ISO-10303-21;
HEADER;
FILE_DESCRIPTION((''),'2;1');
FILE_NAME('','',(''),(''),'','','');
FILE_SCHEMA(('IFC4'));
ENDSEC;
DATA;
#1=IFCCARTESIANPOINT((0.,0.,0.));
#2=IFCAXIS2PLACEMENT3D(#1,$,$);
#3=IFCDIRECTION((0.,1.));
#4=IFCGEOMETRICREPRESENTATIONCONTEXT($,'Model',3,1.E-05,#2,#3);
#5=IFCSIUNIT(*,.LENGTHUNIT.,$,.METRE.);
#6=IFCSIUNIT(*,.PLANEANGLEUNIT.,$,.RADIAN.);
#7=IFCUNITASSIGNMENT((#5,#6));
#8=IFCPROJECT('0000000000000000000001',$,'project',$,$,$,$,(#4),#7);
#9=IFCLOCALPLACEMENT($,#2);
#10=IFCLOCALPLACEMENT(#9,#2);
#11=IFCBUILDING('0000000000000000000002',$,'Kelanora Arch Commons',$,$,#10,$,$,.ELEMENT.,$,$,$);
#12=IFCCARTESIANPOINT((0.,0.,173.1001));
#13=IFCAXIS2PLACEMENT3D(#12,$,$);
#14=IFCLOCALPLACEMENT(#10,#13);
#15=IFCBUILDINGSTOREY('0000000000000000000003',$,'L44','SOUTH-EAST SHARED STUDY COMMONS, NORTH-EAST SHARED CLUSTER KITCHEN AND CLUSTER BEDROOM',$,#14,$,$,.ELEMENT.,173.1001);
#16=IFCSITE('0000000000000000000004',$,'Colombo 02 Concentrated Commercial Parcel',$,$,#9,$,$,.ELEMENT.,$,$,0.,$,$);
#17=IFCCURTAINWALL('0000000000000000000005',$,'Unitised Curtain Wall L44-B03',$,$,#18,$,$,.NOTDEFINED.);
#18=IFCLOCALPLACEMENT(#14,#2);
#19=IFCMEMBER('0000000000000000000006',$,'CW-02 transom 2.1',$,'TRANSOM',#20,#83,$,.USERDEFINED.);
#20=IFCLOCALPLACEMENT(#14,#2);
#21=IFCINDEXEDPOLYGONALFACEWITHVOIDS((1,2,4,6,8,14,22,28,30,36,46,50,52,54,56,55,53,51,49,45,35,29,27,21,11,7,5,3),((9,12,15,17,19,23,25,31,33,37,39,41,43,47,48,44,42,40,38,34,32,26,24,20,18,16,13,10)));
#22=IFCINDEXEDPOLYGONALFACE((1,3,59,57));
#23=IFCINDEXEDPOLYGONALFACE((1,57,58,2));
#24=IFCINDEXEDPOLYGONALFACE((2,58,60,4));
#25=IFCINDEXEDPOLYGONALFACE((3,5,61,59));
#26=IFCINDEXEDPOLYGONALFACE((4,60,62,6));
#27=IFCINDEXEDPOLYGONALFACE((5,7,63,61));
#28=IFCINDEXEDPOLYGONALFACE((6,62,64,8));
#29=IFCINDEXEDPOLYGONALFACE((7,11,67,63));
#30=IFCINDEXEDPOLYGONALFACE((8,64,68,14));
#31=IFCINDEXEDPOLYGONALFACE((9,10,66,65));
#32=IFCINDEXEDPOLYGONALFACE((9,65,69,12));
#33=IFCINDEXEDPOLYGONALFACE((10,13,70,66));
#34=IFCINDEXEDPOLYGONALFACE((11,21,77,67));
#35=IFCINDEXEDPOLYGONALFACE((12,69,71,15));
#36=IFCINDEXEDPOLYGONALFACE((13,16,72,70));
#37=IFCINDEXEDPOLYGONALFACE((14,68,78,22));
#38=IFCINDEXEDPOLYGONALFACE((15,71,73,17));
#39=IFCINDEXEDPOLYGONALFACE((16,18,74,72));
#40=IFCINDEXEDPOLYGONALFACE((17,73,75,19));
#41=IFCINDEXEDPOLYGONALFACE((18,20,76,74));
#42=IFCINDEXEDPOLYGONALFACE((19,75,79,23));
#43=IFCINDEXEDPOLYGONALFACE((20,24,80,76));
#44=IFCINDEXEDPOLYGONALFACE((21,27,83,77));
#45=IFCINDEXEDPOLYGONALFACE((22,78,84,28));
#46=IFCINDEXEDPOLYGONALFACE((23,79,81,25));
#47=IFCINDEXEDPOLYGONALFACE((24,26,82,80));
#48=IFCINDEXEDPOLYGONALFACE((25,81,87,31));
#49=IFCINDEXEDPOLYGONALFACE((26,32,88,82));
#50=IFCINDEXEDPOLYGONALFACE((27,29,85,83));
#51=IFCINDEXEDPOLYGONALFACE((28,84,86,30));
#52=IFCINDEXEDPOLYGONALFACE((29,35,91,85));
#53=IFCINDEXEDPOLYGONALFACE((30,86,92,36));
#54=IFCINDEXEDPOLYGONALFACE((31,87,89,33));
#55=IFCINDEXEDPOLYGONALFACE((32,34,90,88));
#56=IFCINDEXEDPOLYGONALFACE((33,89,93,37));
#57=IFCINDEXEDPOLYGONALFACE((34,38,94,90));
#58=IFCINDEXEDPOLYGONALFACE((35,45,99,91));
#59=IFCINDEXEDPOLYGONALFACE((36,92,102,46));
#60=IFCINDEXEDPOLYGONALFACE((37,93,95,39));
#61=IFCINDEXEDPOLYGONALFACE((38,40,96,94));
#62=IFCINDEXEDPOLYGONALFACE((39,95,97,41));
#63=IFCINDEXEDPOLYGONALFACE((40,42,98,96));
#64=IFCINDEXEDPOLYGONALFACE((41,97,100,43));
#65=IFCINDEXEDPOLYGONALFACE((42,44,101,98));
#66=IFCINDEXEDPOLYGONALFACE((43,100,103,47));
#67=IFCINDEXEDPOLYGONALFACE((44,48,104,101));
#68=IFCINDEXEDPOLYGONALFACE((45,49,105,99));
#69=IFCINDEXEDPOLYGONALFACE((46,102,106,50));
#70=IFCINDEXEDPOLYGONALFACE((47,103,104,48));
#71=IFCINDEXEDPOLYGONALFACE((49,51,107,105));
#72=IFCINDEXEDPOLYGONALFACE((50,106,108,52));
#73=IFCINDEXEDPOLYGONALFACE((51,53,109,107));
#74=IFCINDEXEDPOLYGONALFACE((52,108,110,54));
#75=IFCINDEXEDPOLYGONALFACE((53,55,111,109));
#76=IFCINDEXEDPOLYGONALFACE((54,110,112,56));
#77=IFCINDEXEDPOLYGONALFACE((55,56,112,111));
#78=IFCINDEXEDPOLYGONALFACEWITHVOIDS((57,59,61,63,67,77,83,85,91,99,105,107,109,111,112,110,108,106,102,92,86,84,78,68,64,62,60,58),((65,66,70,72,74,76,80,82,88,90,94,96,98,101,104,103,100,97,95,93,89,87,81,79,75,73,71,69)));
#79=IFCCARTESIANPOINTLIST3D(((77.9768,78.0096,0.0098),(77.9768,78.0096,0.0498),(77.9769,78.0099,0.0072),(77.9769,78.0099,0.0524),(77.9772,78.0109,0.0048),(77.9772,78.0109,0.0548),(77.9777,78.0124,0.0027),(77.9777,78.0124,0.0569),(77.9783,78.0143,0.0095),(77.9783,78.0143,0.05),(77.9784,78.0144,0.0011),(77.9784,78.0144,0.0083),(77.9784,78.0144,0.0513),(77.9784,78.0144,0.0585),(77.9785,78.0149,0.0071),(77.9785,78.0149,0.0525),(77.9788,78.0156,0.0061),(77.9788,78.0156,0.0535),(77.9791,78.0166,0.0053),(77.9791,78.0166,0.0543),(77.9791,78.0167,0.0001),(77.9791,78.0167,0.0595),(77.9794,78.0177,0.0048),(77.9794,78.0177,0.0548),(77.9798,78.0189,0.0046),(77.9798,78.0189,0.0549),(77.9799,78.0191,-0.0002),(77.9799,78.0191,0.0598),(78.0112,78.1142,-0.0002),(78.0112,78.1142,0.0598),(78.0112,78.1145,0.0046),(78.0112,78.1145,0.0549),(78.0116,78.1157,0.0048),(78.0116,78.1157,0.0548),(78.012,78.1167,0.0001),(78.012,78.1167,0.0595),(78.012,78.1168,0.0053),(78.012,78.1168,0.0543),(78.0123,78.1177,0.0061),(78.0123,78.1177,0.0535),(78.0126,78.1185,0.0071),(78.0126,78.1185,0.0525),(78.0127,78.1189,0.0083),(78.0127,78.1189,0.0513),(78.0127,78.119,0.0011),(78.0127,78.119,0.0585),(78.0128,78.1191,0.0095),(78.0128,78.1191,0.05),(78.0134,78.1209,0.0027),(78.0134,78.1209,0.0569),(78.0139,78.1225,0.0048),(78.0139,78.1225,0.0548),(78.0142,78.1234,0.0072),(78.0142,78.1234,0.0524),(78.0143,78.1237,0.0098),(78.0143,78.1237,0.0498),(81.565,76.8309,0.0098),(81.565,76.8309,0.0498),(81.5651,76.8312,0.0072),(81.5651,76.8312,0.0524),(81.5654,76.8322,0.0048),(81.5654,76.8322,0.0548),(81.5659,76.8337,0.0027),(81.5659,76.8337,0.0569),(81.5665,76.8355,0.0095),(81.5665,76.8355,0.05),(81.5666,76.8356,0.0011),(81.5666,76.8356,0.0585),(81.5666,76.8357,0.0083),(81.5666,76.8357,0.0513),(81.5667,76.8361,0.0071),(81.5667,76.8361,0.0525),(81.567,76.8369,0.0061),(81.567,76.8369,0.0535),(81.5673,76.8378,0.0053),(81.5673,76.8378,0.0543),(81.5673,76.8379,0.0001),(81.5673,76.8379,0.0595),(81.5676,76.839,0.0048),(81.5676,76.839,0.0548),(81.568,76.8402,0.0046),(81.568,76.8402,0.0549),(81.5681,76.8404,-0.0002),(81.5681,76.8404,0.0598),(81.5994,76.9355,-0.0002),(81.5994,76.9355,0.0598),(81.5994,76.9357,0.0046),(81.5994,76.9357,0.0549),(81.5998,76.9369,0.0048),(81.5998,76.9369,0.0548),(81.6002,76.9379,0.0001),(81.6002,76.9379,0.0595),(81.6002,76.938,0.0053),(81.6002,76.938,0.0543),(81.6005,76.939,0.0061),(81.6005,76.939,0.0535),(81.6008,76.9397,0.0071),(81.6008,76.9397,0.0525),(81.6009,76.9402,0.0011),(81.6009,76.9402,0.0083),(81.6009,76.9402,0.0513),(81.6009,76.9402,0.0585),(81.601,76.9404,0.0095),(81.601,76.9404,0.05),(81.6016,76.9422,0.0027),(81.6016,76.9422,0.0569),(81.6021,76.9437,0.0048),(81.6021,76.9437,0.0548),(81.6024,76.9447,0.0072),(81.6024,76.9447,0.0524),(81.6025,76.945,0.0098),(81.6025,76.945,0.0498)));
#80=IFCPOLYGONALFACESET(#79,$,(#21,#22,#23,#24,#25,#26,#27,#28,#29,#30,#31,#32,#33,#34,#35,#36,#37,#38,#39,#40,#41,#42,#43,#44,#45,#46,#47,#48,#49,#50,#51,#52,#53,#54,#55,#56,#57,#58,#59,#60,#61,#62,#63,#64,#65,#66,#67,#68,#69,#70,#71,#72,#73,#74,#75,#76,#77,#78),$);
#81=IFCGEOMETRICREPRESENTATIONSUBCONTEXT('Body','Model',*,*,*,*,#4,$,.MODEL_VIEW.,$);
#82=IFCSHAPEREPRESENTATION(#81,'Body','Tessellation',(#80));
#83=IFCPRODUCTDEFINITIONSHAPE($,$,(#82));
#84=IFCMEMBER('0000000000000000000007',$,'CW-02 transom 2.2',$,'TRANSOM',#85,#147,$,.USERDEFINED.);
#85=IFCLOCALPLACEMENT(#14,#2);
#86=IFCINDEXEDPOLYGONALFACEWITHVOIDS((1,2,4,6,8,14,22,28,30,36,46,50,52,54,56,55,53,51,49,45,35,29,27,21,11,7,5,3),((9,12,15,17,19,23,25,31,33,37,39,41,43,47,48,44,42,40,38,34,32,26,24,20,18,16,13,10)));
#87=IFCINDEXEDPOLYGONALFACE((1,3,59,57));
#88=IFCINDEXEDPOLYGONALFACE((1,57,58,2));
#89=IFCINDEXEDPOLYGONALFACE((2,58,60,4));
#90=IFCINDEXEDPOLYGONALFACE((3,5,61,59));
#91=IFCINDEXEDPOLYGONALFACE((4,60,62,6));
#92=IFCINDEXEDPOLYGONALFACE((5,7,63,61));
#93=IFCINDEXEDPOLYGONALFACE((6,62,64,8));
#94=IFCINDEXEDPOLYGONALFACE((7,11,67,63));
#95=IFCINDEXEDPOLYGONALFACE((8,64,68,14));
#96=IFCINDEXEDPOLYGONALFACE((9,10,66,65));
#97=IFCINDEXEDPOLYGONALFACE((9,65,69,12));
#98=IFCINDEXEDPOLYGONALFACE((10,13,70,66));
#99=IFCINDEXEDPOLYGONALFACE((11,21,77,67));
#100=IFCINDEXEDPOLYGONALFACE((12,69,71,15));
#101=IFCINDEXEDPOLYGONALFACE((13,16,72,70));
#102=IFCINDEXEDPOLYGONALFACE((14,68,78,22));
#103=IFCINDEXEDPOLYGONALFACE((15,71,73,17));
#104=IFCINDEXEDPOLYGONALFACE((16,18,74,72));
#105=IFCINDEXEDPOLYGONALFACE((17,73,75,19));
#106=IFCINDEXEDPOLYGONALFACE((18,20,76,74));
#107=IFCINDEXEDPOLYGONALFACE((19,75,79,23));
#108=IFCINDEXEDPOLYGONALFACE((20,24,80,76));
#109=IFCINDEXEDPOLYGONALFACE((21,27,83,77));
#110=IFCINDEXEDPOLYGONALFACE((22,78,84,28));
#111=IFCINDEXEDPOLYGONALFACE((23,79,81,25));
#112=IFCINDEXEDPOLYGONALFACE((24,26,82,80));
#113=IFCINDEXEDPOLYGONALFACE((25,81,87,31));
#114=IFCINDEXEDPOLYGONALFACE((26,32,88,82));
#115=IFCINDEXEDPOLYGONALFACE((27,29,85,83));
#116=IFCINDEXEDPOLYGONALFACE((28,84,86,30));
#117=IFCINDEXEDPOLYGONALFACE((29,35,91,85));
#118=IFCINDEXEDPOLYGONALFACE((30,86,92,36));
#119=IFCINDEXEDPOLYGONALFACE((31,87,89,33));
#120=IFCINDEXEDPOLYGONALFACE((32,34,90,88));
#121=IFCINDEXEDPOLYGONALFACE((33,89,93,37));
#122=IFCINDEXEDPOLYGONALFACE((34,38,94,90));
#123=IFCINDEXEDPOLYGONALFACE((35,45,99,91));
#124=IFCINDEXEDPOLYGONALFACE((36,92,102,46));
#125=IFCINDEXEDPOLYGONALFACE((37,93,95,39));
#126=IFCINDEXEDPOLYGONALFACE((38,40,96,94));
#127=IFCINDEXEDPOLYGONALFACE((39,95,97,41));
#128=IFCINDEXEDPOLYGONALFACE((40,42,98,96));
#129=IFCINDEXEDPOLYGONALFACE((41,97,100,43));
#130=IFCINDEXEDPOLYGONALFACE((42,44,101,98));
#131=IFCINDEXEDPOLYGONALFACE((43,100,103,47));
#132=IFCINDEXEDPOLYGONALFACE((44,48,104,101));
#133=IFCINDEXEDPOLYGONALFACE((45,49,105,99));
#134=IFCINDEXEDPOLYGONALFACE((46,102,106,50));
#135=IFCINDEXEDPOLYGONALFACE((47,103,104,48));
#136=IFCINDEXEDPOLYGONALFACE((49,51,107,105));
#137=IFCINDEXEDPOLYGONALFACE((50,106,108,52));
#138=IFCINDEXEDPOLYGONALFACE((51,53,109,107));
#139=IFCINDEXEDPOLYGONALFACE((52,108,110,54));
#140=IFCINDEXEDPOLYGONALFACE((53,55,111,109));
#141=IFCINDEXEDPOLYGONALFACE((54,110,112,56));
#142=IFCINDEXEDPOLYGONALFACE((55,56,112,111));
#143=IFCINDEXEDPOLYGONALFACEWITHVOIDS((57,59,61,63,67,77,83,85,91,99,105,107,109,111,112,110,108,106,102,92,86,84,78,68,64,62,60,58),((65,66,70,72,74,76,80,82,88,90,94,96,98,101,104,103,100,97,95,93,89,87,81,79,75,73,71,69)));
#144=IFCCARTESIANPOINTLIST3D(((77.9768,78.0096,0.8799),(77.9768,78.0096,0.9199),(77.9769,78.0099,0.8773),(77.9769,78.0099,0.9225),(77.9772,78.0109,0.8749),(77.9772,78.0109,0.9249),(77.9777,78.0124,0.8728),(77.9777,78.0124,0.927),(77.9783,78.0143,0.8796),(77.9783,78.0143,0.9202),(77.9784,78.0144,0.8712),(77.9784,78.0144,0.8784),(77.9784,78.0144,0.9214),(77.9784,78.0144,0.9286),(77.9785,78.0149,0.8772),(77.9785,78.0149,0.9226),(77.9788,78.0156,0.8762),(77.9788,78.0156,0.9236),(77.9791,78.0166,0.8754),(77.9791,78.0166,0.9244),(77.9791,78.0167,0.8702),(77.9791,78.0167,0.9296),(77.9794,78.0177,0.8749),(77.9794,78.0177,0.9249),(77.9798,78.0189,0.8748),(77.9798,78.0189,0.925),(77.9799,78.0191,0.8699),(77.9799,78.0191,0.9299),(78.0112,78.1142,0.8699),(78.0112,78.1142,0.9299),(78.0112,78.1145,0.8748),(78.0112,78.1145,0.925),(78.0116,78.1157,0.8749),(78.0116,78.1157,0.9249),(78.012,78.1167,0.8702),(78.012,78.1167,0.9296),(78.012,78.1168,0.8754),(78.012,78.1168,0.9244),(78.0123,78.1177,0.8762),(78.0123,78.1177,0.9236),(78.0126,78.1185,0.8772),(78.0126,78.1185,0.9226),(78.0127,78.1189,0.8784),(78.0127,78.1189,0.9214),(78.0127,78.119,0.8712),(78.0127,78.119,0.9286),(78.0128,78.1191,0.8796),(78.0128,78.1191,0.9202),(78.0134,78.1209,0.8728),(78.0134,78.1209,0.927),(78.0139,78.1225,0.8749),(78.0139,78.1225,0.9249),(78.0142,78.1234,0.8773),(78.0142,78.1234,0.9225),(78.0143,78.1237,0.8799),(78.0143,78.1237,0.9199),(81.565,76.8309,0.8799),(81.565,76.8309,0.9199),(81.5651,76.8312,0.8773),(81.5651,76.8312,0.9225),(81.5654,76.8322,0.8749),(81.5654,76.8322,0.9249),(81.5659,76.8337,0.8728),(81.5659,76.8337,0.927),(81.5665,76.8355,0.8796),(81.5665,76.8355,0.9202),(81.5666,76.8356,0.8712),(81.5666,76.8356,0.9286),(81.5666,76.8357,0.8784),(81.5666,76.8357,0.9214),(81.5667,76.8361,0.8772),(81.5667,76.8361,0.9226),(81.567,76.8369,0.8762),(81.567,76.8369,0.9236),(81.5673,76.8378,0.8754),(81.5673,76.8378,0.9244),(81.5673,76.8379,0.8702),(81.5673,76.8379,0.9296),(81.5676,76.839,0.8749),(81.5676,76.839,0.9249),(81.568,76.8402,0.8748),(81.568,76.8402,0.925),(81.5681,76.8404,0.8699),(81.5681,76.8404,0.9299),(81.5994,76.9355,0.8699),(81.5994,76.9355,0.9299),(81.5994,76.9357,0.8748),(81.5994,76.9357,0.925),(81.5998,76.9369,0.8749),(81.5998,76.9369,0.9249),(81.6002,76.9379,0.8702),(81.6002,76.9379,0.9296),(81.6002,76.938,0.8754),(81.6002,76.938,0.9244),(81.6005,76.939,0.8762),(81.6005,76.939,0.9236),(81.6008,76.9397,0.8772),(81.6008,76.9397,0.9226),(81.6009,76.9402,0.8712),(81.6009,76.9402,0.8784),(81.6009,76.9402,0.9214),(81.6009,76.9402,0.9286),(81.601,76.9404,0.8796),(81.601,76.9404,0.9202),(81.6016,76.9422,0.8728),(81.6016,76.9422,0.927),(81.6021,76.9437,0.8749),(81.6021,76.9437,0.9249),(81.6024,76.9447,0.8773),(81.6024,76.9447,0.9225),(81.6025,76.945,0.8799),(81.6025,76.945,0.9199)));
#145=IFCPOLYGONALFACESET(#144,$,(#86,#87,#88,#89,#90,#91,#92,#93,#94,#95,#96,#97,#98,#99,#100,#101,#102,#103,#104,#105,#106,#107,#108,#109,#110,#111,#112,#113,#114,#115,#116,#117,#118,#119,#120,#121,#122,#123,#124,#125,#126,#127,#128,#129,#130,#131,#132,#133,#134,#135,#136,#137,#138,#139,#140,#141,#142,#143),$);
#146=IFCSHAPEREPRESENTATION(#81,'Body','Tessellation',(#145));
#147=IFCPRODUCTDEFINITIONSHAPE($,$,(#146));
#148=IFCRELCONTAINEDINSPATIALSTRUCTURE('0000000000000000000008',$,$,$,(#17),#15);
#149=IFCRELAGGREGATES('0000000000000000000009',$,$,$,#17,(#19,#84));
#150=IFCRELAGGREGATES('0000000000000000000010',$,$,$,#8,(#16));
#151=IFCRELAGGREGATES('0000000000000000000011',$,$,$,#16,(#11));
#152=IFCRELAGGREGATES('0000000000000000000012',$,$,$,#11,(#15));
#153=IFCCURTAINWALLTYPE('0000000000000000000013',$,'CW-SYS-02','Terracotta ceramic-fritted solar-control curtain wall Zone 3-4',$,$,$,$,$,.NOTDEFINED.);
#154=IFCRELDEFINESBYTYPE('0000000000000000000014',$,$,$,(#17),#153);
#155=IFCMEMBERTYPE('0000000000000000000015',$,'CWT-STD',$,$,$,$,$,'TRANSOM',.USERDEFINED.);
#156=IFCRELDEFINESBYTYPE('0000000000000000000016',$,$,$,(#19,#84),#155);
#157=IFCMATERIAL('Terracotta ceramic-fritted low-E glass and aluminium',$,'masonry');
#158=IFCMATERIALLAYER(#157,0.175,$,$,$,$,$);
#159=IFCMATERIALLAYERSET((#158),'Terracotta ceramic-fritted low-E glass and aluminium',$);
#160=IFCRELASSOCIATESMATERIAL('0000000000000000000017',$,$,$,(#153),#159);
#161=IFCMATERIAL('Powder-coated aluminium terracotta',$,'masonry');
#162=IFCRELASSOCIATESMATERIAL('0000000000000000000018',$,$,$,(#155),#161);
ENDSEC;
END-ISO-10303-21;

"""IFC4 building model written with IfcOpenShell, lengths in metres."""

from ifc_helpers import new_model, si_unit, direction, frame, origin, origin_2d, place, context, subcontext, project, spatial, hollow_rectangle, extrude, material, layer, layer_set, material_profile, profile_set, type_object, element, aggregate, save


model = new_model("IFC4")

# Units and contexts
model_context = context("Model", 3, precision=1e-05, world=origin(), true_north=direction((0.0, 1.0)))
body_context = subcontext(model_context, "Body", "Model", "MODEL_VIEW")
ifc_project = project(units=[si_unit("LENGTHUNIT", "METRE"), si_unit("PLANEANGLEUNIT", "RADIAN")], contexts=[model_context])

# Site, building, storey
site_placement = place(None, origin())
site = spatial("IfcSite", under=ifc_project, at=site_placement, Name="Colombo 02 Concentrated Commercial Parcel", CompositionType="ELEMENT", RefElevation=0.0)
building_placement = place(site_placement, origin())
building = spatial("IfcBuilding", under=site, at=building_placement, Name="Kelanora Arch Commons", CompositionType="ELEMENT")
storey_placement = place(building_placement, frame((0.0, 0.0, 173.1001)))
storey = spatial("IfcBuildingStorey", under=building, at=storey_placement, Name="L44", Description="SOUTH-EAST SHARED STUDY COMMONS, NORTH-EAST SHARED CLUSTER KITCHEN AND CLUSTER BEDROOM", CompositionType="ELEMENT", Elevation=173.1001)

# Curtain wall, members
ifc_material_1 = material(Name="Terracotta ceramic-fritted low-E glass and aluminium", Category="masonry")
ifc_layer_1 = layer(ifc_material_1, 0.175)
ifc_layer_set_1 = layer_set([ifc_layer_1], Name="Terracotta ceramic-fritted low-E glass and aluminium")
curtain_wall_type = type_object("IfcCurtainWallType", Name="CW-SYS-02", Description="Terracotta ceramic-fritted solar-control curtain wall Zone 3-4", PredefinedType="NOTDEFINED", material=ifc_layer_set_1)
curtain_wall_placement = place(storey_placement, origin())
curtain_wall = element("IfcCurtainWall", 1, at=curtain_wall_placement, inside=storey, type_object=curtain_wall_type, Name="Unitised Curtain Wall L44-B03", PredefinedType="NOTDEFINED")
ifc_material_2 = material(Name="Powder-coated aluminium terracotta", Category="masonry")
ifc_material_profile_1 = material_profile(ifc_material_2, hollow_rectangle(XDim=0.1201, YDim=0.0601, WallThickness=0.0049, InnerFilletRadius=0.0049, OuterFilletRadius=0.01, at=origin_2d()), Name="CWT120x60")
ifc_profile_set_1 = profile_set([ifc_material_profile_1], Name="Powder-coated aluminium terracotta")
member_type_1 = type_object("IfcMemberType", Name="CWT-STD", ElementType="TRANSOM", PredefinedType="USERDEFINED", material=ifc_profile_set_1)
member_1_placement = place(storey_placement, frame((81.5837, 76.8879, 0.0298), z_axis=(-0.950051, 0.312094, 0.0), x_axis=(-0.312094, -0.950051, 0.0)))
member_1 = element("IfcMember", 2, at=member_1_placement, type_object=member_type_1, Name="CW-02 transom 2.1", ObjectType="TRANSOM", PredefinedType="USERDEFINED", context=body_context, shape_type="SweptSolid", body=[
    extrude(hollow_rectangle(XDim=0.1201, YDim=0.0601, WallThickness=0.0049, InnerFilletRadius=0.0049, OuterFilletRadius=0.01, at=origin_2d()), origin(), (0.0, 0.0, 1.0), 3.7769),
])
member_2_placement = place(storey_placement, frame((81.5837, 76.8879, 0.8999), z_axis=(-0.950051, 0.312094, 0.0), x_axis=(-0.312094, -0.950051, 0.0)))
member_2 = element("IfcMember", 3, at=member_2_placement, type_object=member_type_1, Name="CW-02 transom 2.2", ObjectType="TRANSOM", PredefinedType="USERDEFINED", context=body_context, shape_type="SweptSolid", body=[
    extrude(hollow_rectangle(XDim=0.1201, YDim=0.0601, WallThickness=0.0049, InnerFilletRadius=0.0049, OuterFilletRadius=0.01, at=origin_2d()), origin(), (0.0, 0.0, 1.0), 3.7769),
])
aggregate(curtain_wall, [member_1, member_2])

save(model, "model.ifc")
